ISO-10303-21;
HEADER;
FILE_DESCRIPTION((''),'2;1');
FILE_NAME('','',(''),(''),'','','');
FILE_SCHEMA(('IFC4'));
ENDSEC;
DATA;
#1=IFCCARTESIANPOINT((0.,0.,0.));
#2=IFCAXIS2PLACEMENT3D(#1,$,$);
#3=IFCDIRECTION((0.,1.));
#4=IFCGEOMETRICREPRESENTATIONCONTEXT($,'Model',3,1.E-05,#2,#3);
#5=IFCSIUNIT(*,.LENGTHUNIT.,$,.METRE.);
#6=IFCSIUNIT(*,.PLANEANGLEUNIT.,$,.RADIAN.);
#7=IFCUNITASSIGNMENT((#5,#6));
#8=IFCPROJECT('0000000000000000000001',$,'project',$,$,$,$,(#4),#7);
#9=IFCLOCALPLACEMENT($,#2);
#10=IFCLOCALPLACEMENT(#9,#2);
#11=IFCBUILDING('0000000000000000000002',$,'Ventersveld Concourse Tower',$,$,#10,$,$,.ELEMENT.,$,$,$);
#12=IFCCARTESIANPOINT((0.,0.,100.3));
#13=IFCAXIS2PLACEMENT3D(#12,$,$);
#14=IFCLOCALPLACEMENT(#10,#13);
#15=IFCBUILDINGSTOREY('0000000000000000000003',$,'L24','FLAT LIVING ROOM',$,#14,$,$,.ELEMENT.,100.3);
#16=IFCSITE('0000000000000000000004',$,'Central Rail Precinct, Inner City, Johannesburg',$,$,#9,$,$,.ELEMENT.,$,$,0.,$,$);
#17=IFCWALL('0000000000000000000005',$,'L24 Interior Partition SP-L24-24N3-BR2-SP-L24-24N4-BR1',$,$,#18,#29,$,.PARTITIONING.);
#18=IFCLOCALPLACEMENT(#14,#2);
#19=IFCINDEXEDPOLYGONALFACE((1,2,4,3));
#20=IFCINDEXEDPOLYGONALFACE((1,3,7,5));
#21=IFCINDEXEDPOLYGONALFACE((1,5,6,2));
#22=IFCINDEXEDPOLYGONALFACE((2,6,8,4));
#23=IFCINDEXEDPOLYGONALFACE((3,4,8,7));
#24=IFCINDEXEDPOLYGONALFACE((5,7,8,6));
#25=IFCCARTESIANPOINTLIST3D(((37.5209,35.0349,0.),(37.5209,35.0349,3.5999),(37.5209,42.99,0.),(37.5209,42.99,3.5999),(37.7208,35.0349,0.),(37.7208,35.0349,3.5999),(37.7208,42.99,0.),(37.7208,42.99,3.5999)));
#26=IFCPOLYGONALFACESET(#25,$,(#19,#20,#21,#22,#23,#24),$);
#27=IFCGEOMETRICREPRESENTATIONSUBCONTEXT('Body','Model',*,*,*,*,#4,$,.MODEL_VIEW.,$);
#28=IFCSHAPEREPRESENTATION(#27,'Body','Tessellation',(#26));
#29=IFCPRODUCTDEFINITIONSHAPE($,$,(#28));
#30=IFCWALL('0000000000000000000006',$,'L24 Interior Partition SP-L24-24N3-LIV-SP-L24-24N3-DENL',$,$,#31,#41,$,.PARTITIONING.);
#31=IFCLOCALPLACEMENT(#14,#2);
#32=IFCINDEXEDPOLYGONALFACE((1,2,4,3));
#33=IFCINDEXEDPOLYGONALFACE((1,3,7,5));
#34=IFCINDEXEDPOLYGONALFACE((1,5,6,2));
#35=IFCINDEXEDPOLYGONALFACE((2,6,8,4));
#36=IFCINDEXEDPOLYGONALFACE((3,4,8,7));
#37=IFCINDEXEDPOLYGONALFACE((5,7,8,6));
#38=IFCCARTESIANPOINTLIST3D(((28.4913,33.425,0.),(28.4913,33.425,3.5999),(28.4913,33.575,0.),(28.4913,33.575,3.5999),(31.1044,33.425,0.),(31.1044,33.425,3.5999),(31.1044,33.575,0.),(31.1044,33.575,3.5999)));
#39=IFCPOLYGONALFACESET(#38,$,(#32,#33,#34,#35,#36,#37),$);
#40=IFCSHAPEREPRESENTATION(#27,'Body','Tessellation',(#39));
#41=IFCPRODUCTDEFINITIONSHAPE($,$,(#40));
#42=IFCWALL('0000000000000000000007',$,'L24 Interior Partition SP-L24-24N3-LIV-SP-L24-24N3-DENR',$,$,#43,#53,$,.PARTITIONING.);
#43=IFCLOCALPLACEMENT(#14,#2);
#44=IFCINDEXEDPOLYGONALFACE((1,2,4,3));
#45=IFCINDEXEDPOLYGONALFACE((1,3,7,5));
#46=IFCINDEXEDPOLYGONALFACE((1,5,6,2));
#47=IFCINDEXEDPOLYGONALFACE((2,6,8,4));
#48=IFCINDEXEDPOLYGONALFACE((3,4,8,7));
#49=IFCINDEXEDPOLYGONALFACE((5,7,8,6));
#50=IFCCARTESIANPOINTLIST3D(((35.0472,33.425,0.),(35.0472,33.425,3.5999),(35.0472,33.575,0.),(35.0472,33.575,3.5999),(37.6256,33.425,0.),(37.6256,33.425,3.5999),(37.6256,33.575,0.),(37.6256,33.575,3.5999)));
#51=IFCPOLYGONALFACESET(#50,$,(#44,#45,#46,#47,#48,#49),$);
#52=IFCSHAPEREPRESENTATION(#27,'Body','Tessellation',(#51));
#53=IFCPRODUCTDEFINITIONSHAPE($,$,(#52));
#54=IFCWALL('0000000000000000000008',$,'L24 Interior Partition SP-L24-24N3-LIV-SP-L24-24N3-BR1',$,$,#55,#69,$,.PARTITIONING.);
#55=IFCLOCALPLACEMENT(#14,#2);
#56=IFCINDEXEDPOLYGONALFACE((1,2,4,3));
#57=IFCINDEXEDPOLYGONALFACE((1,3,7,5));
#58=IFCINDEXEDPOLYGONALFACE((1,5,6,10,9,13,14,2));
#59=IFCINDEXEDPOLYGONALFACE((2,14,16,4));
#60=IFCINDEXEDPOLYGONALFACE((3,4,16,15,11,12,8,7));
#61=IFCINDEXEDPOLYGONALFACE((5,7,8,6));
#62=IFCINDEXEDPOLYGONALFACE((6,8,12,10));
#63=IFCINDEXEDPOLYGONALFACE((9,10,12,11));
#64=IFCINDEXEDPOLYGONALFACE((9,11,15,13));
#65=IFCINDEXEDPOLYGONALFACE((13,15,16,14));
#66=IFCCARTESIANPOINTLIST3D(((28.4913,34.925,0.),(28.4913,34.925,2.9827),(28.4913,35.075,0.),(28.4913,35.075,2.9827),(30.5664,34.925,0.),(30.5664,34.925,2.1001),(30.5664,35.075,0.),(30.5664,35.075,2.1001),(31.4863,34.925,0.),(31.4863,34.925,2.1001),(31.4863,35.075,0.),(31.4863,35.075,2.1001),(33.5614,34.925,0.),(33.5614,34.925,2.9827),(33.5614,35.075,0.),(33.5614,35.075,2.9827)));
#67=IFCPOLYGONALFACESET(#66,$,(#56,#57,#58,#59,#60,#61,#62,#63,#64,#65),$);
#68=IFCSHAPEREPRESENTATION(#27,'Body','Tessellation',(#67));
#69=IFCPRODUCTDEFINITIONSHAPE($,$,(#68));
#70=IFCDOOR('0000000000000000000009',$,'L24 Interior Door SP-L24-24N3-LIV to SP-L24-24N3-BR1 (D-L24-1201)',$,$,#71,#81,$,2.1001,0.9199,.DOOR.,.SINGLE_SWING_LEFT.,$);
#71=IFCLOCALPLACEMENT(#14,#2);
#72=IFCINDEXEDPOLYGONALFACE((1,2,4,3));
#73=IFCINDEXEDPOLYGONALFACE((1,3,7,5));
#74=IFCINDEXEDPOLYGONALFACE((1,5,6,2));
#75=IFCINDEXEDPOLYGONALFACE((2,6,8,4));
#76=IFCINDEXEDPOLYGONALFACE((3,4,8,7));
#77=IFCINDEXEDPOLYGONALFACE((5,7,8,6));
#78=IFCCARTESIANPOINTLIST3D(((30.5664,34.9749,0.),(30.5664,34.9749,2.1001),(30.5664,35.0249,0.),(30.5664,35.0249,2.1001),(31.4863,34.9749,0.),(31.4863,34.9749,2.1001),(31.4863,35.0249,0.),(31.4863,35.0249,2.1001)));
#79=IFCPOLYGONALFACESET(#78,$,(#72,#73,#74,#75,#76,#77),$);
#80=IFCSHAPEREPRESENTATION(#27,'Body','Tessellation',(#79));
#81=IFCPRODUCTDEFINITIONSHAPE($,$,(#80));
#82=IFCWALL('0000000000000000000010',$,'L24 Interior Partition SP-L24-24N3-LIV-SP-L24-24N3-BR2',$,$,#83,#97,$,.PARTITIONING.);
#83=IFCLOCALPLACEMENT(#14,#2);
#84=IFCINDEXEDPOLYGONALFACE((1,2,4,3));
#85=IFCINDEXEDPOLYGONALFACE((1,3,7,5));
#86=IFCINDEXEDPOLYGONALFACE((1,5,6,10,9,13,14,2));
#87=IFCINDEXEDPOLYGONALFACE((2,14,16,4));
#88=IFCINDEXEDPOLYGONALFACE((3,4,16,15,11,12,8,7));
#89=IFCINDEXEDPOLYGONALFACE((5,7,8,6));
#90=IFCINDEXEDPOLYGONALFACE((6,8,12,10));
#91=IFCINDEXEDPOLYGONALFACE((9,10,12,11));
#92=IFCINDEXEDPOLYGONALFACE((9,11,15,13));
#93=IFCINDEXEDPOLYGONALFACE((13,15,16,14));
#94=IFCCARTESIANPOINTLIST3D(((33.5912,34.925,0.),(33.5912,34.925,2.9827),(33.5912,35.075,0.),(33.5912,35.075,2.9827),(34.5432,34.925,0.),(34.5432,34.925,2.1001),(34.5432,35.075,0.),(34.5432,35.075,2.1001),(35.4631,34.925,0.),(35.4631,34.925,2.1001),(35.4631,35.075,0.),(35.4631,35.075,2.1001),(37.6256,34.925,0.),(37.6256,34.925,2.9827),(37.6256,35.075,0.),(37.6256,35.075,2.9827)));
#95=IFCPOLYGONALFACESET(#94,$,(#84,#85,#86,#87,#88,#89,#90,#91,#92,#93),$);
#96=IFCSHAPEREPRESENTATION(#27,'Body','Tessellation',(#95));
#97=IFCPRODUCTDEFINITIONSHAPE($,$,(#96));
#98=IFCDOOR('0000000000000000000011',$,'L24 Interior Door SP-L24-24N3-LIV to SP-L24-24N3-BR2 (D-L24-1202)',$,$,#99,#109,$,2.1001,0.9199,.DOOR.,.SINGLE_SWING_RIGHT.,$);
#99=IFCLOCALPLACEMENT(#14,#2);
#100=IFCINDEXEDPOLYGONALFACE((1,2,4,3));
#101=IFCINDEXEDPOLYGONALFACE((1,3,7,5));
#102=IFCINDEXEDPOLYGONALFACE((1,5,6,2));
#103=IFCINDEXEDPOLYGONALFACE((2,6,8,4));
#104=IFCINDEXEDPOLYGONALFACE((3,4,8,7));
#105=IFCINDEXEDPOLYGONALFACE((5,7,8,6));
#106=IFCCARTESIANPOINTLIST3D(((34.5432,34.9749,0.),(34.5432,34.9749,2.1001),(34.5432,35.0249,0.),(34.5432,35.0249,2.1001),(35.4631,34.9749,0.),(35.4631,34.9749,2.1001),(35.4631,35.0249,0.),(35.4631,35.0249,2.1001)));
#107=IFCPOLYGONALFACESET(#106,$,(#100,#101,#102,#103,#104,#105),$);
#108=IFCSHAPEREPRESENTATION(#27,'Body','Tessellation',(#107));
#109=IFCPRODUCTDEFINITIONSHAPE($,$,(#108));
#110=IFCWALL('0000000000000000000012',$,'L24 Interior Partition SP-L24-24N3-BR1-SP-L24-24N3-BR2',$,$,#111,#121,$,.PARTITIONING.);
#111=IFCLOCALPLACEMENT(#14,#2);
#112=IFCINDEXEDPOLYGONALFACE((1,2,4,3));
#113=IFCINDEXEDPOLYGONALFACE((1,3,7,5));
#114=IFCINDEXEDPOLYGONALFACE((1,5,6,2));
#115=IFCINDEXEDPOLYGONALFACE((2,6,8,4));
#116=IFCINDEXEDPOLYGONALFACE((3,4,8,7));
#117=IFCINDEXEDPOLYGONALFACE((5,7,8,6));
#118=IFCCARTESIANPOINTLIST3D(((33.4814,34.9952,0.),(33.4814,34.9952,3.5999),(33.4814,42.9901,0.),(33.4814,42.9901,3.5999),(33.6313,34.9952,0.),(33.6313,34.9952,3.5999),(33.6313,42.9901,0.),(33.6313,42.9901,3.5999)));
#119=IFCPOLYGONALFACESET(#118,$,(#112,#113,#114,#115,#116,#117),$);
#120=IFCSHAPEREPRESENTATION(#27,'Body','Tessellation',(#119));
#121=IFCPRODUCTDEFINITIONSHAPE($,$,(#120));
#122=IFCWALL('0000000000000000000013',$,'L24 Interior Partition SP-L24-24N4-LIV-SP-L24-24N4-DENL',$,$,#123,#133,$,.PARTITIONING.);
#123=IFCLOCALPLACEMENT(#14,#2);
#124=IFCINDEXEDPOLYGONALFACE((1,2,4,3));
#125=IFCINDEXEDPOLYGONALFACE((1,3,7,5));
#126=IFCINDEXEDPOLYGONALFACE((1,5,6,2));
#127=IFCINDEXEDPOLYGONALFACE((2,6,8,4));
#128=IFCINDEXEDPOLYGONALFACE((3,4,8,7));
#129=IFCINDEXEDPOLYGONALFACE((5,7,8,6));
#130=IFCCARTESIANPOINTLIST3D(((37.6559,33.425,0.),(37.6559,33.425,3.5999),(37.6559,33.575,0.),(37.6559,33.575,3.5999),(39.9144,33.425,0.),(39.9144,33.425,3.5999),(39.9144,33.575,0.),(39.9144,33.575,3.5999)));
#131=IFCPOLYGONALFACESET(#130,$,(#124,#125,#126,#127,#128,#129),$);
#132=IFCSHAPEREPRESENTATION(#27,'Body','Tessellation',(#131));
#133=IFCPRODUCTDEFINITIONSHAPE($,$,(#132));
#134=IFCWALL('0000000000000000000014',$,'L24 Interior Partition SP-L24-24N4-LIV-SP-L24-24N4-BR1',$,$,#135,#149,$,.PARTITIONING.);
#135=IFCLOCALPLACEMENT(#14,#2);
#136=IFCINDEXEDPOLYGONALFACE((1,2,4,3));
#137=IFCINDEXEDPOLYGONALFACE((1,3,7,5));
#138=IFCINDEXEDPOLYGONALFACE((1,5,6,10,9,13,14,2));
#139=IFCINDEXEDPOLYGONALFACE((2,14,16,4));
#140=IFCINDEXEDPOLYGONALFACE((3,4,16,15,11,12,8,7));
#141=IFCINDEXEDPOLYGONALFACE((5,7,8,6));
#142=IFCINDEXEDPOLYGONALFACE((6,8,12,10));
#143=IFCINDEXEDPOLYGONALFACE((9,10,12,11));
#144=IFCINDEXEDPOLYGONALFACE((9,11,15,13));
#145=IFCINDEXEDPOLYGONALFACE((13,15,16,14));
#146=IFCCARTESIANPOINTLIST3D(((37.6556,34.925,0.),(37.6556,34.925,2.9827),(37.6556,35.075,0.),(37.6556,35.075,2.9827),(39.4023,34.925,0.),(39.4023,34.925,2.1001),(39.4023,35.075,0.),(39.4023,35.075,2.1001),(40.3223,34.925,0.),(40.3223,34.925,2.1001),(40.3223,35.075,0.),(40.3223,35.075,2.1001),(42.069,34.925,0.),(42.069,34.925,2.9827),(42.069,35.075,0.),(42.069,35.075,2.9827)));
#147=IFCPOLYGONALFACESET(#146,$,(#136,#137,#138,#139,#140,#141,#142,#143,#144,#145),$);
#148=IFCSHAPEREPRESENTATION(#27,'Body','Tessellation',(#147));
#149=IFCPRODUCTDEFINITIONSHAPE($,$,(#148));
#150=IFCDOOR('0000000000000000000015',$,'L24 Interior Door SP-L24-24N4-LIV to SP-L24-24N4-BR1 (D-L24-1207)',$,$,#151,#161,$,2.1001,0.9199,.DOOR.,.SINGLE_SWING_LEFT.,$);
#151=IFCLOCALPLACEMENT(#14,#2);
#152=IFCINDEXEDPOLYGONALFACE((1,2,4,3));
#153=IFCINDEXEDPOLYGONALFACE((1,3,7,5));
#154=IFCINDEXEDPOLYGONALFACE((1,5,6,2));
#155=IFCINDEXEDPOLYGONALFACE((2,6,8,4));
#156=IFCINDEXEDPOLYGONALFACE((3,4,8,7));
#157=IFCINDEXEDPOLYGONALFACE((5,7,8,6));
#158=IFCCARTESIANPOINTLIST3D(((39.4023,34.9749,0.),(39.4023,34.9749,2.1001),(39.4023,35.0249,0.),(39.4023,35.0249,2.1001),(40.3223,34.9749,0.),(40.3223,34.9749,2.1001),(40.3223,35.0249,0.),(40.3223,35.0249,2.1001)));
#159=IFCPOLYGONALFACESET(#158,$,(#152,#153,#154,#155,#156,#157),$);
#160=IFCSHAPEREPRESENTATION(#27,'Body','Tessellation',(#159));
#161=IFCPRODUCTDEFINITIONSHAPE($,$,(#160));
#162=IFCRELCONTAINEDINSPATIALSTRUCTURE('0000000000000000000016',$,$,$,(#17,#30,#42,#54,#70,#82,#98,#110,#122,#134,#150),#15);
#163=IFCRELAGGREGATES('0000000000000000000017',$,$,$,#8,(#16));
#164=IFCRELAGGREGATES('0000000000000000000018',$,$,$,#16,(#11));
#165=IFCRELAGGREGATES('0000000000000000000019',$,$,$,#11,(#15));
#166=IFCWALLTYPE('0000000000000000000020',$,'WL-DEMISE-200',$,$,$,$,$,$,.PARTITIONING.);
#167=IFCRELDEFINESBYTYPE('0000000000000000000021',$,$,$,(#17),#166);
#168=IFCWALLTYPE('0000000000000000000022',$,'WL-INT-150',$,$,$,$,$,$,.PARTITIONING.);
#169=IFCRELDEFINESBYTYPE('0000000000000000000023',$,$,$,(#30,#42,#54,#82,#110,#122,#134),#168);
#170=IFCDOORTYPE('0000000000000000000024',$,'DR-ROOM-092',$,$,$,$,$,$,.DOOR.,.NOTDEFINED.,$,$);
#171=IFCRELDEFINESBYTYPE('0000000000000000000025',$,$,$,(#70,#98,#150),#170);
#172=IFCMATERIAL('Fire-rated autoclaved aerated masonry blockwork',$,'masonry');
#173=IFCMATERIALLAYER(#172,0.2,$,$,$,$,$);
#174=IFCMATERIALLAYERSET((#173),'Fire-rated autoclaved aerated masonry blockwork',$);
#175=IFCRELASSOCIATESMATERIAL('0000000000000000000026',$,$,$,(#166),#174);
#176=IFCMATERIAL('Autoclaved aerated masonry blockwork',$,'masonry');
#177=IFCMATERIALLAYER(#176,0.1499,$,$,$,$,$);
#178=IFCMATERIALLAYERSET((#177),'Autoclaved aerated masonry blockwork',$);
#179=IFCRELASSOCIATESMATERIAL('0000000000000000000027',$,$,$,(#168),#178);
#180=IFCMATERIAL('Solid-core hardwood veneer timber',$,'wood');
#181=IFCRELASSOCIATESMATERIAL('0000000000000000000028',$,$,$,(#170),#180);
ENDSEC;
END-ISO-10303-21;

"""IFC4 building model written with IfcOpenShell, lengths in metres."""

from ifc_helpers import new_model, si_unit, direction, frame, frame_2d, origin, place, context, subcontext, project, spatial, rectangle, extrude, material, layer, layer_set, type_object, element, fill, save


model = new_model("IFC4")

# Units and contexts
model_context = context("Model", 3, precision=1e-05, world=origin(), true_north=direction((0.0, 1.0)))
body_context = subcontext(model_context, "Body", "Model", "MODEL_VIEW")
ifc_project = project(units=[si_unit("LENGTHUNIT", "METRE"), si_unit("PLANEANGLEUNIT", "RADIAN")], contexts=[model_context])

# Site, building, storey
site_placement = place(None, origin())
site = spatial("IfcSite", under=ifc_project, at=site_placement, Name="Central Rail Precinct, Inner City, Johannesburg", CompositionType="ELEMENT", RefElevation=0.0)
building_placement = place(site_placement, origin())
building = spatial("IfcBuilding", under=site, at=building_placement, Name="Ventersveld Concourse Tower", CompositionType="ELEMENT")
storey_placement = place(building_placement, frame((0.0, 0.0, 100.3)))
storey = spatial("IfcBuildingStorey", under=building, at=storey_placement, Name="L24", Description="FLAT LIVING ROOM", CompositionType="ELEMENT", Elevation=100.3)

# Walls
ifc_material_1 = material(Name="Fire-rated autoclaved aerated masonry blockwork", Category="masonry")
ifc_layer_1 = layer(ifc_material_1, 0.2)
ifc_layer_set_1 = layer_set([ifc_layer_1], Name="Fire-rated autoclaved aerated masonry blockwork")
wall_type_1 = type_object("IfcWallType", Name="WL-DEMISE-200", PredefinedType="PARTITIONING", material=ifc_layer_set_1)
wall_1_placement = place(storey_placement, frame((37.6208, 35.0349, 0.0), z_axis=(0.0, 0.0, 1.0), x_axis=(0.0, 1.0, 0.0)))
element("IfcWall", 1, at=wall_1_placement, inside=storey, type_object=wall_type_1, Name="L24 Interior Partition SP-L24-24N3-BR2-SP-L24-24N4-BR1", PredefinedType="PARTITIONING", context=body_context, shape_type="SweptSolid", body=[
    extrude(rectangle(XDim=7.9551, YDim=0.2, at=frame_2d((3.9775, 0.0))), origin(), (0.0, 0.0, 1.0), 3.5999),
])
ifc_material_2 = material(Name="Autoclaved aerated masonry blockwork", Category="masonry")
ifc_layer_2 = layer(ifc_material_2, 0.1499)
ifc_layer_set_2 = layer_set([ifc_layer_2], Name="Autoclaved aerated masonry blockwork")
wall_type_2 = type_object("IfcWallType", Name="WL-INT-150", PredefinedType="PARTITIONING", material=ifc_layer_set_2)
wall_2_placement = place(storey_placement, frame((28.4912, 33.5, 0.0), z_axis=(0.0, 0.0, 1.0), x_axis=(1.0, 0.0, 0.0)))
element("IfcWall", 2, at=wall_2_placement, inside=storey, type_object=wall_type_2, Name="L24 Interior Partition SP-L24-24N3-LIV-SP-L24-24N3-DENL", PredefinedType="PARTITIONING", context=body_context, shape_type="SweptSolid", body=[
    extrude(rectangle(XDim=2.613, YDim=0.1499, at=frame_2d((1.3066, 0.0))), origin(), (0.0, 0.0, 1.0), 3.5999),
])
wall_3_placement = place(storey_placement, frame((35.0474, 33.5, 0.0), z_axis=(0.0, 0.0, 1.0), x_axis=(1.0, 0.0, 0.0)))
element("IfcWall", 3, at=wall_3_placement, inside=storey, type_object=wall_type_2, Name="L24 Interior Partition SP-L24-24N3-LIV-SP-L24-24N3-DENR", PredefinedType="PARTITIONING", context=body_context, shape_type="SweptSolid", body=[
    extrude(rectangle(XDim=2.5784, YDim=0.1499, at=frame_2d((1.2891, 0.0))), origin(), (0.0, 0.0, 1.0), 3.5999),
])

# Walls, openings, doors
wall_4_placement = place(storey_placement, frame((28.4912, 35.0, 0.0), z_axis=(0.0, 0.0, 1.0), x_axis=(1.0, 0.0, 0.0)))
wall_4 = element("IfcWall", 4, at=wall_4_placement, inside=storey, type_object=wall_type_2, Name="L24 Interior Partition SP-L24-24N3-LIV-SP-L24-24N3-BR1", PredefinedType="PARTITIONING", context=body_context, shape_type="SweptSolid", body=[
    extrude(rectangle(XDim=5.0701, YDim=0.1499, at=frame_2d((2.5352, 0.0))), origin(), (0.0, 0.0, 1.0), 2.9827),
])
opening_1_placement = place(wall_4_placement, frame((2.0752, 0.0, 0.0)))
opening_1 = element("IfcOpeningElement", 5, at=opening_1_placement, cuts=wall_4, PredefinedType="OPENING", context=body_context, shape_type="SweptSolid", body=[
    extrude(rectangle(XDim=0.9199, YDim=2.1001, at=frame_2d((0.46, 1.05))), frame((0.0, 0.085, 0.0), z_axis=(0.0, -1.0, 0.0), x_axis=(1.0, 0.0, 0.0)), (0.0, 0.0, 1.0), 0.1699),
])
ifc_material_3 = material(Name="Solid-core hardwood veneer timber", Category="wood")
door_type = type_object("IfcDoorType", Name="DR-ROOM-092", OperationType="NOTDEFINED", PredefinedType="DOOR", material=ifc_material_3)
door_1_placement = place(opening_1_placement, origin())
door_1 = element("IfcDoor", 6, at=door_1_placement, inside=storey, type_object=door_type, Name="L24 Interior Door SP-L24-24N3-LIV to SP-L24-24N3-BR1 (D-L24-1201)", OperationType="SINGLE_SWING_LEFT", OverallHeight=2.1001, OverallWidth=0.9199, PredefinedType="DOOR", context=body_context, shape_type="SweptSolid", body=[
    extrude(rectangle(XDim=0.9199, YDim=2.1001, at=frame_2d((0.46, 1.05))), frame((0.0, 0.0249, 0.0), z_axis=(0.0, -1.0, 0.0), x_axis=(1.0, 0.0, 0.0)), (0.0, 0.0, 1.0), 0.05),
])
fill(opening_1, door_1)
wall_5_placement = place(storey_placement, frame((33.5913, 35.0, 0.0), z_axis=(0.0, 0.0, 1.0), x_axis=(1.0, 0.0, 0.0)))
wall_5 = element("IfcWall", 7, at=wall_5_placement, inside=storey, type_object=wall_type_2, Name="L24 Interior Partition SP-L24-24N3-LIV-SP-L24-24N3-BR2", PredefinedType="PARTITIONING", context=body_context, shape_type="SweptSolid", body=[
    extrude(rectangle(XDim=4.0344, YDim=0.1499, at=frame_2d((2.0171, 0.0))), origin(), (0.0, 0.0, 1.0), 2.9827),
])
opening_2_placement = place(wall_5_placement, frame((0.9519, 0.0, 0.0)))
opening_2 = element("IfcOpeningElement", 8, at=opening_2_placement, cuts=wall_5, PredefinedType="OPENING", context=body_context, shape_type="SweptSolid", body=[
    extrude(rectangle(XDim=0.9199, YDim=2.1001, at=frame_2d((0.46, 1.05))), frame((0.0, 0.085, 0.0), z_axis=(0.0, -1.0, 0.0), x_axis=(1.0, 0.0, 0.0)), (0.0, 0.0, 1.0), 0.1699),
])
door_2_placement = place(opening_2_placement, origin())
door_2 = element("IfcDoor", 9, at=door_2_placement, inside=storey, type_object=door_type, Name="L24 Interior Door SP-L24-24N3-LIV to SP-L24-24N3-BR2 (D-L24-1202)", OperationType="SINGLE_SWING_RIGHT", OverallHeight=2.1001, OverallWidth=0.9199, PredefinedType="DOOR", context=body_context, shape_type="SweptSolid", body=[
    extrude(rectangle(XDim=0.9199, YDim=2.1001, at=frame_2d((0.46, 1.05))), frame((0.0, 0.0249, 0.0), z_axis=(0.0, -1.0, 0.0), x_axis=(1.0, 0.0, 0.0)), (0.0, 0.0, 1.0), 0.05),
])
fill(opening_2, door_2)

# Walls
wall_6_placement = place(storey_placement, frame((33.5564, 34.9951, 0.0), z_axis=(0.0, 0.0, 1.0), x_axis=(0.0, 1.0, 0.0)))
element("IfcWall", 10, at=wall_6_placement, inside=storey, type_object=wall_type_2, Name="L24 Interior Partition SP-L24-24N3-BR1-SP-L24-24N3-BR2", PredefinedType="PARTITIONING", context=body_context, shape_type="SweptSolid", body=[
    extrude(rectangle(XDim=7.9949, YDim=0.1499, at=frame_2d((3.9976, 0.0))), origin(), (0.0, 0.0, 1.0), 3.5999),
])
wall_7_placement = place(storey_placement, frame((37.6558, 33.5, 0.0), z_axis=(0.0, 0.0, 1.0), x_axis=(1.0, 0.0, 0.0)))
element("IfcWall", 11, at=wall_7_placement, inside=storey, type_object=wall_type_2, Name="L24 Interior Partition SP-L24-24N4-LIV-SP-L24-24N4-DENL", PredefinedType="PARTITIONING", context=body_context, shape_type="SweptSolid", body=[
    extrude(rectangle(XDim=2.2585, YDim=0.1499, at=frame_2d((1.1294, 0.0))), origin(), (0.0, 0.0, 1.0), 3.5999),
])

# Wall, opening, door
wall_8_placement = place(storey_placement, frame((37.6558, 35.0, 0.0), z_axis=(0.0, 0.0, 1.0), x_axis=(1.0, 0.0, 0.0)))
wall_8 = element("IfcWall", 12, at=wall_8_placement, inside=storey, type_object=wall_type_2, Name="L24 Interior Partition SP-L24-24N4-LIV-SP-L24-24N4-BR1", PredefinedType="PARTITIONING", context=body_context, shape_type="SweptSolid", body=[
    extrude(rectangle(XDim=4.4133, YDim=0.1499, at=frame_2d((2.2065, 0.0))), origin(), (0.0, 0.0, 1.0), 2.9827),
])
opening_3_placement = place(wall_8_placement, frame((1.7466, 0.0, 0.0)))
opening_3 = element("IfcOpeningElement", 13, at=opening_3_placement, cuts=wall_8, PredefinedType="OPENING", context=body_context, shape_type="SweptSolid", body=[
    extrude(rectangle(XDim=0.9199, YDim=2.1001, at=frame_2d((0.46, 1.05))), frame((0.0, 0.085, 0.0), z_axis=(0.0, -1.0, 0.0), x_axis=(1.0, 0.0, 0.0)), (0.0, 0.0, 1.0), 0.1699),
])
door_3_placement = place(opening_3_placement, origin())
door_3 = element("IfcDoor", 14, at=door_3_placement, inside=storey, type_object=door_type, Name="L24 Interior Door SP-L24-24N4-LIV to SP-L24-24N4-BR1 (D-L24-1207)", OperationType="SINGLE_SWING_LEFT", OverallHeight=2.1001, OverallWidth=0.9199, PredefinedType="DOOR", context=body_context, shape_type="SweptSolid", body=[
    extrude(rectangle(XDim=0.9199, YDim=2.1001, at=frame_2d((0.46, 1.05))), frame((0.0, 0.0249, 0.0), z_axis=(0.0, -1.0, 0.0), x_axis=(1.0, 0.0, 0.0)), (0.0, 0.0, 1.0), 0.05),
])
fill(opening_3, door_3)

save(model, "model.ifc")
